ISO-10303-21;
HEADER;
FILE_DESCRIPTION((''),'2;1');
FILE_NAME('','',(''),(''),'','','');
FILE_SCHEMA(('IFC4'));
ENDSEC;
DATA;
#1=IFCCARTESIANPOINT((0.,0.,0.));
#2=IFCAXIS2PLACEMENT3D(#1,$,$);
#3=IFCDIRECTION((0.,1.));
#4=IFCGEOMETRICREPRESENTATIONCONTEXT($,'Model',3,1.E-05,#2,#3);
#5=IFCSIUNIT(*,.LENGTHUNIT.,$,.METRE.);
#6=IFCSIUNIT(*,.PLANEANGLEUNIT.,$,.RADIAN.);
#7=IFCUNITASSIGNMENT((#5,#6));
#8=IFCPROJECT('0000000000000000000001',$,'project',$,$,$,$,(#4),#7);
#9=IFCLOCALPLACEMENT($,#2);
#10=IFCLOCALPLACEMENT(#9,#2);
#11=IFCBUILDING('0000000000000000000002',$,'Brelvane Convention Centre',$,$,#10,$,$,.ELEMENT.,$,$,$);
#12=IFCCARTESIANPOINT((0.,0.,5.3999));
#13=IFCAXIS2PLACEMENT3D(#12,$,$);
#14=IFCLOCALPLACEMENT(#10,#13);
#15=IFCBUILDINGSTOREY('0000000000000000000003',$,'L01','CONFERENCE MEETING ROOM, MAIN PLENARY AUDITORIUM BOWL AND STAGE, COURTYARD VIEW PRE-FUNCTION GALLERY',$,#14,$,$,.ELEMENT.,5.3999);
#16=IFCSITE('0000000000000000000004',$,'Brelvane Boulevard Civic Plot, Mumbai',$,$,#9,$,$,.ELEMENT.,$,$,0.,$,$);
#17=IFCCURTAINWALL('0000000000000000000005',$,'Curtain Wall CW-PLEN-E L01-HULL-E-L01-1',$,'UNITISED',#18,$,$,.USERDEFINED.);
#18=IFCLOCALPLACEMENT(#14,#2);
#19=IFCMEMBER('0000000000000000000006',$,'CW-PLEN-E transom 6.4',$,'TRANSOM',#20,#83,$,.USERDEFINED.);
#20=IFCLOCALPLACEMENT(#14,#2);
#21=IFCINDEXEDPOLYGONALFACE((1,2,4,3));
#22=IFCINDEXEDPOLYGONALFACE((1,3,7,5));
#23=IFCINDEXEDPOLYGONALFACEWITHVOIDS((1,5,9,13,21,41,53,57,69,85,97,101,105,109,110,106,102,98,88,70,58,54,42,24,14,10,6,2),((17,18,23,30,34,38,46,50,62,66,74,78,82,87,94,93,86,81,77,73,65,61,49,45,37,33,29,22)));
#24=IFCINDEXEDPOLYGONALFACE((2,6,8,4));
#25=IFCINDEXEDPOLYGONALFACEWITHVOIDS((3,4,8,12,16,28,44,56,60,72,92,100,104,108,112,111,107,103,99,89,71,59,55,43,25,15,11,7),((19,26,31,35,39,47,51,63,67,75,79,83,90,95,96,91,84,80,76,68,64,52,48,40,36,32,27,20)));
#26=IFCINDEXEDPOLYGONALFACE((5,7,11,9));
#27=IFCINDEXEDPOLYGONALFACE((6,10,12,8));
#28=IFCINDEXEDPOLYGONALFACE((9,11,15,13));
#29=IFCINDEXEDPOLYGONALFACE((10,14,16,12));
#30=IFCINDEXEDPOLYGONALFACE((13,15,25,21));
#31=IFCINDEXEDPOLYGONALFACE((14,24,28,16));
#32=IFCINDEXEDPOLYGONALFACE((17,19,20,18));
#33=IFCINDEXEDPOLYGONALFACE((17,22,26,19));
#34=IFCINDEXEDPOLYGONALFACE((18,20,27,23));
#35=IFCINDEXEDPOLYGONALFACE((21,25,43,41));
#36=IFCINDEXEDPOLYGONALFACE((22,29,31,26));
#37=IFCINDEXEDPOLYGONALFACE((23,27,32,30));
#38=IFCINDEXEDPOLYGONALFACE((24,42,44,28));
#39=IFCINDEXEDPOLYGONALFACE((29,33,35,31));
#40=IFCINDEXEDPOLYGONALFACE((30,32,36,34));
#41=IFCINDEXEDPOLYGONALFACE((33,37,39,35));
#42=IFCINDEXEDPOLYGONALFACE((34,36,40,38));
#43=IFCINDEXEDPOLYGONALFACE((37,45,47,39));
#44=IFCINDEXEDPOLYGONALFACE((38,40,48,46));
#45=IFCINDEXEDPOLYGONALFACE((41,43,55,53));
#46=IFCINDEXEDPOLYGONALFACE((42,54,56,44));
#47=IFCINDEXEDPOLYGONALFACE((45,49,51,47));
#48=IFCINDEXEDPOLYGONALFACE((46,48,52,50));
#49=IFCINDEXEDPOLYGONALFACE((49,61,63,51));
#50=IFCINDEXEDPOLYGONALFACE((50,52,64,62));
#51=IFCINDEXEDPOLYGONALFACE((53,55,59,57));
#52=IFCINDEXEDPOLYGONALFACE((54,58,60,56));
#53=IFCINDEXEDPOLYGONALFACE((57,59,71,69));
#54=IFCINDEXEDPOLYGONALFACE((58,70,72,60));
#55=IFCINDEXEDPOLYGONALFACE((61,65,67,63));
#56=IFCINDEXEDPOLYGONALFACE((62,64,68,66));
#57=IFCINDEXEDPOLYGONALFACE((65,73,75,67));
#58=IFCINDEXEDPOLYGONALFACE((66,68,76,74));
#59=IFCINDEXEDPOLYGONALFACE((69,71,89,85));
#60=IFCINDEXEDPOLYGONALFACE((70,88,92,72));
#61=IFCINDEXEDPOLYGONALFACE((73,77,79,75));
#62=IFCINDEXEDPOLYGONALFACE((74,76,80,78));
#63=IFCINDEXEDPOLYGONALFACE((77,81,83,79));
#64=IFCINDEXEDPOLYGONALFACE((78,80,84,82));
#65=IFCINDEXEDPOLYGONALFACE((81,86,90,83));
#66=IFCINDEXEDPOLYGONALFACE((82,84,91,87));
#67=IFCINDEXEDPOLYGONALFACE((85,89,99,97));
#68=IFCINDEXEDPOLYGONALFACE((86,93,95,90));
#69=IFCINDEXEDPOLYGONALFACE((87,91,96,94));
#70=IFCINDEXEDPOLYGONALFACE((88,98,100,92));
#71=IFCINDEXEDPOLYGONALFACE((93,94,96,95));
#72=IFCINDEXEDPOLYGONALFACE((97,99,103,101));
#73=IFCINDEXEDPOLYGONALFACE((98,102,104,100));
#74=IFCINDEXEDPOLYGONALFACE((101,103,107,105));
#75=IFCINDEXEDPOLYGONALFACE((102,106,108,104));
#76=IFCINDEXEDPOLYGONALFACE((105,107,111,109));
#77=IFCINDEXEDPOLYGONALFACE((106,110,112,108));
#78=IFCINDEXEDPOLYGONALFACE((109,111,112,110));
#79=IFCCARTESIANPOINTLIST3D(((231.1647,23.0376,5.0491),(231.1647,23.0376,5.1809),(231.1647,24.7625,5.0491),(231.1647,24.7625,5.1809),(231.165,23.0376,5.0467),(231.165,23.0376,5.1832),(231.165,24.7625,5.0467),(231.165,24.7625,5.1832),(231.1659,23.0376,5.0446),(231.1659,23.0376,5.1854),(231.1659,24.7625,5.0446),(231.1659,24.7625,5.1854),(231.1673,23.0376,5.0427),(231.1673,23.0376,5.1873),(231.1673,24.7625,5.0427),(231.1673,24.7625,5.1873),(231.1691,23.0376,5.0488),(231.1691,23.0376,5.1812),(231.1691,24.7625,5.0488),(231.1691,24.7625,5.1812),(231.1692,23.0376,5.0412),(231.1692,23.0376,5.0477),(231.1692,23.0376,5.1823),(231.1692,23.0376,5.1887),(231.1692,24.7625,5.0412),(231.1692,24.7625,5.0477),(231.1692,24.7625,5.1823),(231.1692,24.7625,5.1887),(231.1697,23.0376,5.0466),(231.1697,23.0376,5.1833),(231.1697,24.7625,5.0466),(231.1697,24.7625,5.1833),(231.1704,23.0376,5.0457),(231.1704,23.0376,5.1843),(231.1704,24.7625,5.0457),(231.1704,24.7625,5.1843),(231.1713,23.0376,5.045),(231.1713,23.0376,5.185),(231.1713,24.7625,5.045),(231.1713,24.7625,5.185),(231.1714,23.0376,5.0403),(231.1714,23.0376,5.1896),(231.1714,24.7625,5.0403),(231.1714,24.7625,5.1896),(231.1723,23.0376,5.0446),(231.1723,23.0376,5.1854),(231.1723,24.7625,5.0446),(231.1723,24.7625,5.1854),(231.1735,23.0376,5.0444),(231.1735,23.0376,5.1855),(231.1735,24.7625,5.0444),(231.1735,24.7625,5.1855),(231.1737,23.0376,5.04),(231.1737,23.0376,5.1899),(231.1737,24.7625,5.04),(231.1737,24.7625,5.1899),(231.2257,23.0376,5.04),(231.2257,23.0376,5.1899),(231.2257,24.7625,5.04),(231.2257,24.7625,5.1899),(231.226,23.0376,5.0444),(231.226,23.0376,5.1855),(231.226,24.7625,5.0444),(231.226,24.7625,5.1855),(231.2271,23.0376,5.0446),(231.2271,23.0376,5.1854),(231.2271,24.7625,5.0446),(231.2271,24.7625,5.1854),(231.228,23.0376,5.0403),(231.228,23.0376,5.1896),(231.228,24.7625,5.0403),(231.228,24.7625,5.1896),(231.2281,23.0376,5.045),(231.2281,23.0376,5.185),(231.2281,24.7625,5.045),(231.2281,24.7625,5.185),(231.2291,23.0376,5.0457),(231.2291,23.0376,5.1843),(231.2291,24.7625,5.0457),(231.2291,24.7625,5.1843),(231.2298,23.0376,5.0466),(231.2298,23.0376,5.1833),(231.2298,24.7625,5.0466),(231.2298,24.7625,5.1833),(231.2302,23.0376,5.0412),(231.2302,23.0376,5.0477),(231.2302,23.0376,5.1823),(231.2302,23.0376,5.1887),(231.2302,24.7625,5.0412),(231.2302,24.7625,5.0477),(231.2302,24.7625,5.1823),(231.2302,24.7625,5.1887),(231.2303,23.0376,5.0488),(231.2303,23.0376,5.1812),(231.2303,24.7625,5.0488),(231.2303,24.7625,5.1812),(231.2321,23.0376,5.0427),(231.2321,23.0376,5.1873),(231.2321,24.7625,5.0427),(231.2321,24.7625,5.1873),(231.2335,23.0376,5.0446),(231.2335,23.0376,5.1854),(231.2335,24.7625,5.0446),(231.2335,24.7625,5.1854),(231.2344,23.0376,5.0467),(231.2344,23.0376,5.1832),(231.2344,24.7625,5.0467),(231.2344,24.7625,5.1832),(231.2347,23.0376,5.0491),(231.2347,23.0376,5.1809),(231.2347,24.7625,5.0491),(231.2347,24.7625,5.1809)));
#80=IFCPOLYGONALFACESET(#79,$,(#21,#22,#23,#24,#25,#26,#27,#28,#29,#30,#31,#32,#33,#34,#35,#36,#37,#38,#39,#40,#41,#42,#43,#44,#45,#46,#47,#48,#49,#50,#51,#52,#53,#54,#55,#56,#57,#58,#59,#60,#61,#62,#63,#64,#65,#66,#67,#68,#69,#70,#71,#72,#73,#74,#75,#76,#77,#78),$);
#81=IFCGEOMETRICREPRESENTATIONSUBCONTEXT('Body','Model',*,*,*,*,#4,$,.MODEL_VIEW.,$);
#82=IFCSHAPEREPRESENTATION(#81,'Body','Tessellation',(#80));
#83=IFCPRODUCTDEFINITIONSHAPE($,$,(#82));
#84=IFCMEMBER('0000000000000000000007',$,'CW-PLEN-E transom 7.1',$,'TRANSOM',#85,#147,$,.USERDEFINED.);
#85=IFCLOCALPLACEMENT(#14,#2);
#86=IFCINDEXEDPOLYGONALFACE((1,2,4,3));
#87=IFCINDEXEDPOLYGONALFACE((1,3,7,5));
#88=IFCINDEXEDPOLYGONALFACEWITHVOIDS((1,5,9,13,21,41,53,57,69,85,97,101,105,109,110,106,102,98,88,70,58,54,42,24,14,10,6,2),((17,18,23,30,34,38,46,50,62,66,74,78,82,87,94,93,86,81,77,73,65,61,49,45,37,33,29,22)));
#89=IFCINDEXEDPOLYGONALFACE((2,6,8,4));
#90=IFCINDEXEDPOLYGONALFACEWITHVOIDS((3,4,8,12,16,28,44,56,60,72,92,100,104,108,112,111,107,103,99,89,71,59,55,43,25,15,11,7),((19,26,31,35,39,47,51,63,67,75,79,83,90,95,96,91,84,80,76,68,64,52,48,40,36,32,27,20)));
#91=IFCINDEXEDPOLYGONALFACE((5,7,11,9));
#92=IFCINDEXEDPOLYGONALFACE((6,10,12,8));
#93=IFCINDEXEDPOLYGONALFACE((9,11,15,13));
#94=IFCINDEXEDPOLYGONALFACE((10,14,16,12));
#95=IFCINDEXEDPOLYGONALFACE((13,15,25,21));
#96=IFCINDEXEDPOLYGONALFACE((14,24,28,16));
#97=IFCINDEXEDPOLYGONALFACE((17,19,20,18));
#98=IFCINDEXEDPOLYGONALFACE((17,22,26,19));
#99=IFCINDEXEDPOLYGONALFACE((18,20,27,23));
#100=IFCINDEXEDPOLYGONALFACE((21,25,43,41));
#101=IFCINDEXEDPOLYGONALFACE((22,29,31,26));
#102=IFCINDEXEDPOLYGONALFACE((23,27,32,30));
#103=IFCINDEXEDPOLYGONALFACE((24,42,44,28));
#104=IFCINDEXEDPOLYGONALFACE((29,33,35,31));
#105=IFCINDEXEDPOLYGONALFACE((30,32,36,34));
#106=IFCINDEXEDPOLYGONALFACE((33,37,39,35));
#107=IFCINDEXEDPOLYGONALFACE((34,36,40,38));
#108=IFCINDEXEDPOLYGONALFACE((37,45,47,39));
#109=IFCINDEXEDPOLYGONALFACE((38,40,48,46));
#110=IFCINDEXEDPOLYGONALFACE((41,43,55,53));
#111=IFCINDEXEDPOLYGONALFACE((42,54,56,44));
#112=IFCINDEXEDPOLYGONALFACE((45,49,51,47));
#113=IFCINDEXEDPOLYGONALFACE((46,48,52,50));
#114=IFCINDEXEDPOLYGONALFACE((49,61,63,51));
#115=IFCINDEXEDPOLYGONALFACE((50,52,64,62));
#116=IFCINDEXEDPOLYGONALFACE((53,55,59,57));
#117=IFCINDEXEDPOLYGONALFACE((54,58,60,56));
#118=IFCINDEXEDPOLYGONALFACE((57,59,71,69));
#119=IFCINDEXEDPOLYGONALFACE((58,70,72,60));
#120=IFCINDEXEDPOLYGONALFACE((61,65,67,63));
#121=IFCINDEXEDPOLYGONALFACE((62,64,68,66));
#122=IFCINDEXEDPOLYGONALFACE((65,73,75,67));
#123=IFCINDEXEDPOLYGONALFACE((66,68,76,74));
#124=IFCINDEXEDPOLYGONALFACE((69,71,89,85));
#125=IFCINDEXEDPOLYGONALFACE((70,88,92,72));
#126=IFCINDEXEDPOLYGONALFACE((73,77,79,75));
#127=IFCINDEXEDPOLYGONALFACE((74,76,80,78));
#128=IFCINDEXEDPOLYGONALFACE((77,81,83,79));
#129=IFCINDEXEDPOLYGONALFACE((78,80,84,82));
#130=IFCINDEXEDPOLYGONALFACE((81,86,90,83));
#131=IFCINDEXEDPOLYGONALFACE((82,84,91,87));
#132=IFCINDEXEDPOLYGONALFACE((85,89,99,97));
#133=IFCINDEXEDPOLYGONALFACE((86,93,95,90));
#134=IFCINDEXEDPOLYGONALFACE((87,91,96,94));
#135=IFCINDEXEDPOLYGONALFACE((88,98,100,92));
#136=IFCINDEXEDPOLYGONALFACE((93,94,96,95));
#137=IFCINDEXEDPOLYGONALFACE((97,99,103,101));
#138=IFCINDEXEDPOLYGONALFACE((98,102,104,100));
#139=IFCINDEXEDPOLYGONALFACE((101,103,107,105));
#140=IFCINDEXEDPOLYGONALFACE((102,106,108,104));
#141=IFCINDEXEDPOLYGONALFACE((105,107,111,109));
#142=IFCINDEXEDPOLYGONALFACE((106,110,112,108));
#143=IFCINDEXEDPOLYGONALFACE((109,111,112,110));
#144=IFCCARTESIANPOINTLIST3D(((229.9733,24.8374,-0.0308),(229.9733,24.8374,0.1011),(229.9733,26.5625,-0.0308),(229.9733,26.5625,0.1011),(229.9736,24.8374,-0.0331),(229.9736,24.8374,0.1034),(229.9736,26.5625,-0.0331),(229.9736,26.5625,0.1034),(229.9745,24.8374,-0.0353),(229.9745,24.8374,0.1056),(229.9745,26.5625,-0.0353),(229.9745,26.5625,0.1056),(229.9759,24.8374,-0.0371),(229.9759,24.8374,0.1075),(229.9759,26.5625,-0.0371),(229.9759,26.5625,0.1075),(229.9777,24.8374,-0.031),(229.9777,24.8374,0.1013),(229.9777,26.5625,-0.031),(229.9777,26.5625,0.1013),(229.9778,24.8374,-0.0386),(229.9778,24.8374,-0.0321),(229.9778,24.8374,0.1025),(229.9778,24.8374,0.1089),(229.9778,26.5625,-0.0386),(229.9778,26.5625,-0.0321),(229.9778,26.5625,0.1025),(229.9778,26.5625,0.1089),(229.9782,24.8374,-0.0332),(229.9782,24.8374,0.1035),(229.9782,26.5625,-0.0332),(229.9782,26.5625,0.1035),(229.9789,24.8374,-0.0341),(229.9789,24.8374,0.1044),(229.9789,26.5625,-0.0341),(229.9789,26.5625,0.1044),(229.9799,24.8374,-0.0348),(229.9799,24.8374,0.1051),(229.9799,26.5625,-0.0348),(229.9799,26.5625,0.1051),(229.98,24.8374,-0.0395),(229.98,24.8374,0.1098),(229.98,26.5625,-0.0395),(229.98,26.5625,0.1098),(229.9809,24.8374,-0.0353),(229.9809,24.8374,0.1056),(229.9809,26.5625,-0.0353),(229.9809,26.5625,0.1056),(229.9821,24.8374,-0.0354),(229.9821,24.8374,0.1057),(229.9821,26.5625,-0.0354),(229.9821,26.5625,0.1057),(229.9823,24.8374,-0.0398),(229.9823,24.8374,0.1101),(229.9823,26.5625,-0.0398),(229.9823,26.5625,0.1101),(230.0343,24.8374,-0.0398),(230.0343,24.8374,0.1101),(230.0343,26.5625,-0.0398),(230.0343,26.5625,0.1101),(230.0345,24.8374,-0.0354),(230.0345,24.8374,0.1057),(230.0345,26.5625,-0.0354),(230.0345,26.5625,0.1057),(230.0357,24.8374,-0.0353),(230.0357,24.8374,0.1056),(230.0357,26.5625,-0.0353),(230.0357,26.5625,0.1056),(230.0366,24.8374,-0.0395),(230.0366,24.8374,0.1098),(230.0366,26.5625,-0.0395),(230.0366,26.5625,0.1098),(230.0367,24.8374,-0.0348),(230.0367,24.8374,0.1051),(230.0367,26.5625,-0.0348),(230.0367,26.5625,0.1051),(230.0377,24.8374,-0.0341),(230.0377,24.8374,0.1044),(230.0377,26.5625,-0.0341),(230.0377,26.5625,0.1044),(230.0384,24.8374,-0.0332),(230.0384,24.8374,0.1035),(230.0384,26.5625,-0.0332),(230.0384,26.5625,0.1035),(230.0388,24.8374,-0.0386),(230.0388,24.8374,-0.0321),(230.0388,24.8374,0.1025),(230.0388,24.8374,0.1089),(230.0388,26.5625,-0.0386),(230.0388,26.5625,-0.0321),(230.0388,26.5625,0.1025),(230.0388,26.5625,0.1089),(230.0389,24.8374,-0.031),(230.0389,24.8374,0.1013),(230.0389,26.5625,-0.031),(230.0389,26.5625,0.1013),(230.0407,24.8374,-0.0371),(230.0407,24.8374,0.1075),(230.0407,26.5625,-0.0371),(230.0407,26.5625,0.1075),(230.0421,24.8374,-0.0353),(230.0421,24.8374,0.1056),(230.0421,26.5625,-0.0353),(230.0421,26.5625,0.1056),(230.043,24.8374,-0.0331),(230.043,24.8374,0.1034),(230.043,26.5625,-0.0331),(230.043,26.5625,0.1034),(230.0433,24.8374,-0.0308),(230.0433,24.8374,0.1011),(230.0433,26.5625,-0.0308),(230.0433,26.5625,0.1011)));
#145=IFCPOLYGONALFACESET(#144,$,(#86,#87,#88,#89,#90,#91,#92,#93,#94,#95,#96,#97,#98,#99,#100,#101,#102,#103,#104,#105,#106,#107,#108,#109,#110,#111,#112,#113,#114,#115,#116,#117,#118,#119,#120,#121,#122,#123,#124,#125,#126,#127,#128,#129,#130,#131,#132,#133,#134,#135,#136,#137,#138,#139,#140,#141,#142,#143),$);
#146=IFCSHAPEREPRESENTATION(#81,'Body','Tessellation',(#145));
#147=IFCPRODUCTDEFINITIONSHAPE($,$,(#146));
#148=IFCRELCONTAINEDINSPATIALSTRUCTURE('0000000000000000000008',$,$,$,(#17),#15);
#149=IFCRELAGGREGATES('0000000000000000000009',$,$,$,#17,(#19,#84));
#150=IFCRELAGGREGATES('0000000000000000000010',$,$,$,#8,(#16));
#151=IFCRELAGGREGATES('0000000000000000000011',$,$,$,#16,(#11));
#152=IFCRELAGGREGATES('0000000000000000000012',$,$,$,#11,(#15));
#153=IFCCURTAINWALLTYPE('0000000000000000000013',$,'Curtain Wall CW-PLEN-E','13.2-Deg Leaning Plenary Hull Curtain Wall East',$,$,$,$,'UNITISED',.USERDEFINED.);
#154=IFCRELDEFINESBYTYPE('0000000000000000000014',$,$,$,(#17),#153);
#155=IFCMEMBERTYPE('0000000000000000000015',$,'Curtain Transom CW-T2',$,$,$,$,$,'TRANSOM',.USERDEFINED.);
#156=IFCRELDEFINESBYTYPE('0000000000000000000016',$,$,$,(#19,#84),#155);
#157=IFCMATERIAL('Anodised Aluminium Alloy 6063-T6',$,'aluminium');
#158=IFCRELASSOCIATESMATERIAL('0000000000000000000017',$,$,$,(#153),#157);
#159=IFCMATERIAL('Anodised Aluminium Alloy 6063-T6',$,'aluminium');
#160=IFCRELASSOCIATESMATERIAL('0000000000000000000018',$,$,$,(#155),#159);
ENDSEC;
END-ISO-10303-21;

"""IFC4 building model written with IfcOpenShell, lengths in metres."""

from ifc_helpers import new_model, si_unit, direction, frame, origin, origin_2d, place, context, subcontext, project, spatial, hollow_rectangle, extrude, material, material_profile, profile_set, type_object, element, aggregate, save


model = new_model("IFC4")

# Units and contexts
model_context = context("Model", 3, precision=1e-05, world=origin(), true_north=direction((0.0, 1.0)))
body_context = subcontext(model_context, "Body", "Model", "MODEL_VIEW")
ifc_project = project(units=[si_unit("LENGTHUNIT", "METRE"), si_unit("PLANEANGLEUNIT", "RADIAN")], contexts=[model_context])

# Site, building, storey
site_placement = place(None, origin())
site = spatial("IfcSite", under=ifc_project, at=site_placement, Name="Brelvane Boulevard Civic Plot, Mumbai", CompositionType="ELEMENT", RefElevation=0.0)
building_placement = place(site_placement, origin())
building = spatial("IfcBuilding", under=site, at=building_placement, Name="Brelvane Convention Centre", CompositionType="ELEMENT")
storey_placement = place(building_placement, frame((0.0, 0.0, 5.3999)))
storey = spatial("IfcBuildingStorey", under=building, at=storey_placement, Name="L01", Description="CONFERENCE MEETING ROOM, MAIN PLENARY AUDITORIUM BOWL AND STAGE, COURTYARD VIEW PRE-FUNCTION GALLERY", CompositionType="ELEMENT", Elevation=5.3999)

# Curtain wall, members
ifc_material_1 = material(Name="Anodised Aluminium Alloy 6063-T6", Category="aluminium")
curtain_wall_type = type_object("IfcCurtainWallType", Name="Curtain Wall CW-PLEN-E", Description="13.2-Deg Leaning Plenary Hull Curtain Wall East", ElementType="UNITISED", PredefinedType="USERDEFINED", material=ifc_material_1)
curtain_wall_placement = place(storey_placement, origin())
curtain_wall = element("IfcCurtainWall", 1, at=curtain_wall_placement, inside=storey, type_object=curtain_wall_type, Name="Curtain Wall CW-PLEN-E L01-HULL-E-L01-1", ObjectType="UNITISED", PredefinedType="USERDEFINED")
ifc_material_2 = material(Name="Anodised Aluminium Alloy 6063-T6", Category="aluminium")
ifc_material_profile_1 = material_profile(ifc_material_2, hollow_rectangle(XDim=0.0701, YDim=0.1499, WallThickness=0.0044, InnerFilletRadius=0.0044, OuterFilletRadius=0.009, at=origin_2d()), Name="ALU-T 150x70x4.5")
ifc_profile_set_1 = profile_set([ifc_material_profile_1], Name="Anodised Aluminium Alloy 6063-T6")
member_type_1 = type_object("IfcMemberType", Name="Curtain Transom CW-T2", ElementType="TRANSOM", PredefinedType="USERDEFINED", material=ifc_profile_set_1)
member_1_placement = place(storey_placement, frame((231.1997, 23.0376, 5.115), z_axis=(0.0, 1.0, 0.0), x_axis=(-1.0, 0.0, 0.0)))
member_1 = element("IfcMember", 2, at=member_1_placement, type_object=member_type_1, Name="CW-PLEN-E transom 6.4", ObjectType="TRANSOM", PredefinedType="USERDEFINED", context=body_context, shape_type="SweptSolid", body=[
    extrude(hollow_rectangle(XDim=0.0701, YDim=0.1499, WallThickness=0.0044, InnerFilletRadius=0.0044, OuterFilletRadius=0.009, at=origin_2d()), origin(), (0.0, 0.0, 1.0), 1.7249),
])
member_2_placement = place(storey_placement, frame((230.0083, 24.8374, 0.0352), z_axis=(0.0, 1.0, 0.0), x_axis=(-1.0, 0.0, 0.0)))
member_2 = element("IfcMember", 3, at=member_2_placement, type_object=member_type_1, Name="CW-PLEN-E transom 7.1", ObjectType="TRANSOM", PredefinedType="USERDEFINED", context=body_context, shape_type="SweptSolid", body=[
    extrude(hollow_rectangle(XDim=0.0701, YDim=0.1499, WallThickness=0.0044, InnerFilletRadius=0.0044, OuterFilletRadius=0.009, at=origin_2d()), origin(), (0.0, 0.0, 1.0), 1.7251),
])
aggregate(curtain_wall, [member_1, member_2])

save(model, "model.ifc")
